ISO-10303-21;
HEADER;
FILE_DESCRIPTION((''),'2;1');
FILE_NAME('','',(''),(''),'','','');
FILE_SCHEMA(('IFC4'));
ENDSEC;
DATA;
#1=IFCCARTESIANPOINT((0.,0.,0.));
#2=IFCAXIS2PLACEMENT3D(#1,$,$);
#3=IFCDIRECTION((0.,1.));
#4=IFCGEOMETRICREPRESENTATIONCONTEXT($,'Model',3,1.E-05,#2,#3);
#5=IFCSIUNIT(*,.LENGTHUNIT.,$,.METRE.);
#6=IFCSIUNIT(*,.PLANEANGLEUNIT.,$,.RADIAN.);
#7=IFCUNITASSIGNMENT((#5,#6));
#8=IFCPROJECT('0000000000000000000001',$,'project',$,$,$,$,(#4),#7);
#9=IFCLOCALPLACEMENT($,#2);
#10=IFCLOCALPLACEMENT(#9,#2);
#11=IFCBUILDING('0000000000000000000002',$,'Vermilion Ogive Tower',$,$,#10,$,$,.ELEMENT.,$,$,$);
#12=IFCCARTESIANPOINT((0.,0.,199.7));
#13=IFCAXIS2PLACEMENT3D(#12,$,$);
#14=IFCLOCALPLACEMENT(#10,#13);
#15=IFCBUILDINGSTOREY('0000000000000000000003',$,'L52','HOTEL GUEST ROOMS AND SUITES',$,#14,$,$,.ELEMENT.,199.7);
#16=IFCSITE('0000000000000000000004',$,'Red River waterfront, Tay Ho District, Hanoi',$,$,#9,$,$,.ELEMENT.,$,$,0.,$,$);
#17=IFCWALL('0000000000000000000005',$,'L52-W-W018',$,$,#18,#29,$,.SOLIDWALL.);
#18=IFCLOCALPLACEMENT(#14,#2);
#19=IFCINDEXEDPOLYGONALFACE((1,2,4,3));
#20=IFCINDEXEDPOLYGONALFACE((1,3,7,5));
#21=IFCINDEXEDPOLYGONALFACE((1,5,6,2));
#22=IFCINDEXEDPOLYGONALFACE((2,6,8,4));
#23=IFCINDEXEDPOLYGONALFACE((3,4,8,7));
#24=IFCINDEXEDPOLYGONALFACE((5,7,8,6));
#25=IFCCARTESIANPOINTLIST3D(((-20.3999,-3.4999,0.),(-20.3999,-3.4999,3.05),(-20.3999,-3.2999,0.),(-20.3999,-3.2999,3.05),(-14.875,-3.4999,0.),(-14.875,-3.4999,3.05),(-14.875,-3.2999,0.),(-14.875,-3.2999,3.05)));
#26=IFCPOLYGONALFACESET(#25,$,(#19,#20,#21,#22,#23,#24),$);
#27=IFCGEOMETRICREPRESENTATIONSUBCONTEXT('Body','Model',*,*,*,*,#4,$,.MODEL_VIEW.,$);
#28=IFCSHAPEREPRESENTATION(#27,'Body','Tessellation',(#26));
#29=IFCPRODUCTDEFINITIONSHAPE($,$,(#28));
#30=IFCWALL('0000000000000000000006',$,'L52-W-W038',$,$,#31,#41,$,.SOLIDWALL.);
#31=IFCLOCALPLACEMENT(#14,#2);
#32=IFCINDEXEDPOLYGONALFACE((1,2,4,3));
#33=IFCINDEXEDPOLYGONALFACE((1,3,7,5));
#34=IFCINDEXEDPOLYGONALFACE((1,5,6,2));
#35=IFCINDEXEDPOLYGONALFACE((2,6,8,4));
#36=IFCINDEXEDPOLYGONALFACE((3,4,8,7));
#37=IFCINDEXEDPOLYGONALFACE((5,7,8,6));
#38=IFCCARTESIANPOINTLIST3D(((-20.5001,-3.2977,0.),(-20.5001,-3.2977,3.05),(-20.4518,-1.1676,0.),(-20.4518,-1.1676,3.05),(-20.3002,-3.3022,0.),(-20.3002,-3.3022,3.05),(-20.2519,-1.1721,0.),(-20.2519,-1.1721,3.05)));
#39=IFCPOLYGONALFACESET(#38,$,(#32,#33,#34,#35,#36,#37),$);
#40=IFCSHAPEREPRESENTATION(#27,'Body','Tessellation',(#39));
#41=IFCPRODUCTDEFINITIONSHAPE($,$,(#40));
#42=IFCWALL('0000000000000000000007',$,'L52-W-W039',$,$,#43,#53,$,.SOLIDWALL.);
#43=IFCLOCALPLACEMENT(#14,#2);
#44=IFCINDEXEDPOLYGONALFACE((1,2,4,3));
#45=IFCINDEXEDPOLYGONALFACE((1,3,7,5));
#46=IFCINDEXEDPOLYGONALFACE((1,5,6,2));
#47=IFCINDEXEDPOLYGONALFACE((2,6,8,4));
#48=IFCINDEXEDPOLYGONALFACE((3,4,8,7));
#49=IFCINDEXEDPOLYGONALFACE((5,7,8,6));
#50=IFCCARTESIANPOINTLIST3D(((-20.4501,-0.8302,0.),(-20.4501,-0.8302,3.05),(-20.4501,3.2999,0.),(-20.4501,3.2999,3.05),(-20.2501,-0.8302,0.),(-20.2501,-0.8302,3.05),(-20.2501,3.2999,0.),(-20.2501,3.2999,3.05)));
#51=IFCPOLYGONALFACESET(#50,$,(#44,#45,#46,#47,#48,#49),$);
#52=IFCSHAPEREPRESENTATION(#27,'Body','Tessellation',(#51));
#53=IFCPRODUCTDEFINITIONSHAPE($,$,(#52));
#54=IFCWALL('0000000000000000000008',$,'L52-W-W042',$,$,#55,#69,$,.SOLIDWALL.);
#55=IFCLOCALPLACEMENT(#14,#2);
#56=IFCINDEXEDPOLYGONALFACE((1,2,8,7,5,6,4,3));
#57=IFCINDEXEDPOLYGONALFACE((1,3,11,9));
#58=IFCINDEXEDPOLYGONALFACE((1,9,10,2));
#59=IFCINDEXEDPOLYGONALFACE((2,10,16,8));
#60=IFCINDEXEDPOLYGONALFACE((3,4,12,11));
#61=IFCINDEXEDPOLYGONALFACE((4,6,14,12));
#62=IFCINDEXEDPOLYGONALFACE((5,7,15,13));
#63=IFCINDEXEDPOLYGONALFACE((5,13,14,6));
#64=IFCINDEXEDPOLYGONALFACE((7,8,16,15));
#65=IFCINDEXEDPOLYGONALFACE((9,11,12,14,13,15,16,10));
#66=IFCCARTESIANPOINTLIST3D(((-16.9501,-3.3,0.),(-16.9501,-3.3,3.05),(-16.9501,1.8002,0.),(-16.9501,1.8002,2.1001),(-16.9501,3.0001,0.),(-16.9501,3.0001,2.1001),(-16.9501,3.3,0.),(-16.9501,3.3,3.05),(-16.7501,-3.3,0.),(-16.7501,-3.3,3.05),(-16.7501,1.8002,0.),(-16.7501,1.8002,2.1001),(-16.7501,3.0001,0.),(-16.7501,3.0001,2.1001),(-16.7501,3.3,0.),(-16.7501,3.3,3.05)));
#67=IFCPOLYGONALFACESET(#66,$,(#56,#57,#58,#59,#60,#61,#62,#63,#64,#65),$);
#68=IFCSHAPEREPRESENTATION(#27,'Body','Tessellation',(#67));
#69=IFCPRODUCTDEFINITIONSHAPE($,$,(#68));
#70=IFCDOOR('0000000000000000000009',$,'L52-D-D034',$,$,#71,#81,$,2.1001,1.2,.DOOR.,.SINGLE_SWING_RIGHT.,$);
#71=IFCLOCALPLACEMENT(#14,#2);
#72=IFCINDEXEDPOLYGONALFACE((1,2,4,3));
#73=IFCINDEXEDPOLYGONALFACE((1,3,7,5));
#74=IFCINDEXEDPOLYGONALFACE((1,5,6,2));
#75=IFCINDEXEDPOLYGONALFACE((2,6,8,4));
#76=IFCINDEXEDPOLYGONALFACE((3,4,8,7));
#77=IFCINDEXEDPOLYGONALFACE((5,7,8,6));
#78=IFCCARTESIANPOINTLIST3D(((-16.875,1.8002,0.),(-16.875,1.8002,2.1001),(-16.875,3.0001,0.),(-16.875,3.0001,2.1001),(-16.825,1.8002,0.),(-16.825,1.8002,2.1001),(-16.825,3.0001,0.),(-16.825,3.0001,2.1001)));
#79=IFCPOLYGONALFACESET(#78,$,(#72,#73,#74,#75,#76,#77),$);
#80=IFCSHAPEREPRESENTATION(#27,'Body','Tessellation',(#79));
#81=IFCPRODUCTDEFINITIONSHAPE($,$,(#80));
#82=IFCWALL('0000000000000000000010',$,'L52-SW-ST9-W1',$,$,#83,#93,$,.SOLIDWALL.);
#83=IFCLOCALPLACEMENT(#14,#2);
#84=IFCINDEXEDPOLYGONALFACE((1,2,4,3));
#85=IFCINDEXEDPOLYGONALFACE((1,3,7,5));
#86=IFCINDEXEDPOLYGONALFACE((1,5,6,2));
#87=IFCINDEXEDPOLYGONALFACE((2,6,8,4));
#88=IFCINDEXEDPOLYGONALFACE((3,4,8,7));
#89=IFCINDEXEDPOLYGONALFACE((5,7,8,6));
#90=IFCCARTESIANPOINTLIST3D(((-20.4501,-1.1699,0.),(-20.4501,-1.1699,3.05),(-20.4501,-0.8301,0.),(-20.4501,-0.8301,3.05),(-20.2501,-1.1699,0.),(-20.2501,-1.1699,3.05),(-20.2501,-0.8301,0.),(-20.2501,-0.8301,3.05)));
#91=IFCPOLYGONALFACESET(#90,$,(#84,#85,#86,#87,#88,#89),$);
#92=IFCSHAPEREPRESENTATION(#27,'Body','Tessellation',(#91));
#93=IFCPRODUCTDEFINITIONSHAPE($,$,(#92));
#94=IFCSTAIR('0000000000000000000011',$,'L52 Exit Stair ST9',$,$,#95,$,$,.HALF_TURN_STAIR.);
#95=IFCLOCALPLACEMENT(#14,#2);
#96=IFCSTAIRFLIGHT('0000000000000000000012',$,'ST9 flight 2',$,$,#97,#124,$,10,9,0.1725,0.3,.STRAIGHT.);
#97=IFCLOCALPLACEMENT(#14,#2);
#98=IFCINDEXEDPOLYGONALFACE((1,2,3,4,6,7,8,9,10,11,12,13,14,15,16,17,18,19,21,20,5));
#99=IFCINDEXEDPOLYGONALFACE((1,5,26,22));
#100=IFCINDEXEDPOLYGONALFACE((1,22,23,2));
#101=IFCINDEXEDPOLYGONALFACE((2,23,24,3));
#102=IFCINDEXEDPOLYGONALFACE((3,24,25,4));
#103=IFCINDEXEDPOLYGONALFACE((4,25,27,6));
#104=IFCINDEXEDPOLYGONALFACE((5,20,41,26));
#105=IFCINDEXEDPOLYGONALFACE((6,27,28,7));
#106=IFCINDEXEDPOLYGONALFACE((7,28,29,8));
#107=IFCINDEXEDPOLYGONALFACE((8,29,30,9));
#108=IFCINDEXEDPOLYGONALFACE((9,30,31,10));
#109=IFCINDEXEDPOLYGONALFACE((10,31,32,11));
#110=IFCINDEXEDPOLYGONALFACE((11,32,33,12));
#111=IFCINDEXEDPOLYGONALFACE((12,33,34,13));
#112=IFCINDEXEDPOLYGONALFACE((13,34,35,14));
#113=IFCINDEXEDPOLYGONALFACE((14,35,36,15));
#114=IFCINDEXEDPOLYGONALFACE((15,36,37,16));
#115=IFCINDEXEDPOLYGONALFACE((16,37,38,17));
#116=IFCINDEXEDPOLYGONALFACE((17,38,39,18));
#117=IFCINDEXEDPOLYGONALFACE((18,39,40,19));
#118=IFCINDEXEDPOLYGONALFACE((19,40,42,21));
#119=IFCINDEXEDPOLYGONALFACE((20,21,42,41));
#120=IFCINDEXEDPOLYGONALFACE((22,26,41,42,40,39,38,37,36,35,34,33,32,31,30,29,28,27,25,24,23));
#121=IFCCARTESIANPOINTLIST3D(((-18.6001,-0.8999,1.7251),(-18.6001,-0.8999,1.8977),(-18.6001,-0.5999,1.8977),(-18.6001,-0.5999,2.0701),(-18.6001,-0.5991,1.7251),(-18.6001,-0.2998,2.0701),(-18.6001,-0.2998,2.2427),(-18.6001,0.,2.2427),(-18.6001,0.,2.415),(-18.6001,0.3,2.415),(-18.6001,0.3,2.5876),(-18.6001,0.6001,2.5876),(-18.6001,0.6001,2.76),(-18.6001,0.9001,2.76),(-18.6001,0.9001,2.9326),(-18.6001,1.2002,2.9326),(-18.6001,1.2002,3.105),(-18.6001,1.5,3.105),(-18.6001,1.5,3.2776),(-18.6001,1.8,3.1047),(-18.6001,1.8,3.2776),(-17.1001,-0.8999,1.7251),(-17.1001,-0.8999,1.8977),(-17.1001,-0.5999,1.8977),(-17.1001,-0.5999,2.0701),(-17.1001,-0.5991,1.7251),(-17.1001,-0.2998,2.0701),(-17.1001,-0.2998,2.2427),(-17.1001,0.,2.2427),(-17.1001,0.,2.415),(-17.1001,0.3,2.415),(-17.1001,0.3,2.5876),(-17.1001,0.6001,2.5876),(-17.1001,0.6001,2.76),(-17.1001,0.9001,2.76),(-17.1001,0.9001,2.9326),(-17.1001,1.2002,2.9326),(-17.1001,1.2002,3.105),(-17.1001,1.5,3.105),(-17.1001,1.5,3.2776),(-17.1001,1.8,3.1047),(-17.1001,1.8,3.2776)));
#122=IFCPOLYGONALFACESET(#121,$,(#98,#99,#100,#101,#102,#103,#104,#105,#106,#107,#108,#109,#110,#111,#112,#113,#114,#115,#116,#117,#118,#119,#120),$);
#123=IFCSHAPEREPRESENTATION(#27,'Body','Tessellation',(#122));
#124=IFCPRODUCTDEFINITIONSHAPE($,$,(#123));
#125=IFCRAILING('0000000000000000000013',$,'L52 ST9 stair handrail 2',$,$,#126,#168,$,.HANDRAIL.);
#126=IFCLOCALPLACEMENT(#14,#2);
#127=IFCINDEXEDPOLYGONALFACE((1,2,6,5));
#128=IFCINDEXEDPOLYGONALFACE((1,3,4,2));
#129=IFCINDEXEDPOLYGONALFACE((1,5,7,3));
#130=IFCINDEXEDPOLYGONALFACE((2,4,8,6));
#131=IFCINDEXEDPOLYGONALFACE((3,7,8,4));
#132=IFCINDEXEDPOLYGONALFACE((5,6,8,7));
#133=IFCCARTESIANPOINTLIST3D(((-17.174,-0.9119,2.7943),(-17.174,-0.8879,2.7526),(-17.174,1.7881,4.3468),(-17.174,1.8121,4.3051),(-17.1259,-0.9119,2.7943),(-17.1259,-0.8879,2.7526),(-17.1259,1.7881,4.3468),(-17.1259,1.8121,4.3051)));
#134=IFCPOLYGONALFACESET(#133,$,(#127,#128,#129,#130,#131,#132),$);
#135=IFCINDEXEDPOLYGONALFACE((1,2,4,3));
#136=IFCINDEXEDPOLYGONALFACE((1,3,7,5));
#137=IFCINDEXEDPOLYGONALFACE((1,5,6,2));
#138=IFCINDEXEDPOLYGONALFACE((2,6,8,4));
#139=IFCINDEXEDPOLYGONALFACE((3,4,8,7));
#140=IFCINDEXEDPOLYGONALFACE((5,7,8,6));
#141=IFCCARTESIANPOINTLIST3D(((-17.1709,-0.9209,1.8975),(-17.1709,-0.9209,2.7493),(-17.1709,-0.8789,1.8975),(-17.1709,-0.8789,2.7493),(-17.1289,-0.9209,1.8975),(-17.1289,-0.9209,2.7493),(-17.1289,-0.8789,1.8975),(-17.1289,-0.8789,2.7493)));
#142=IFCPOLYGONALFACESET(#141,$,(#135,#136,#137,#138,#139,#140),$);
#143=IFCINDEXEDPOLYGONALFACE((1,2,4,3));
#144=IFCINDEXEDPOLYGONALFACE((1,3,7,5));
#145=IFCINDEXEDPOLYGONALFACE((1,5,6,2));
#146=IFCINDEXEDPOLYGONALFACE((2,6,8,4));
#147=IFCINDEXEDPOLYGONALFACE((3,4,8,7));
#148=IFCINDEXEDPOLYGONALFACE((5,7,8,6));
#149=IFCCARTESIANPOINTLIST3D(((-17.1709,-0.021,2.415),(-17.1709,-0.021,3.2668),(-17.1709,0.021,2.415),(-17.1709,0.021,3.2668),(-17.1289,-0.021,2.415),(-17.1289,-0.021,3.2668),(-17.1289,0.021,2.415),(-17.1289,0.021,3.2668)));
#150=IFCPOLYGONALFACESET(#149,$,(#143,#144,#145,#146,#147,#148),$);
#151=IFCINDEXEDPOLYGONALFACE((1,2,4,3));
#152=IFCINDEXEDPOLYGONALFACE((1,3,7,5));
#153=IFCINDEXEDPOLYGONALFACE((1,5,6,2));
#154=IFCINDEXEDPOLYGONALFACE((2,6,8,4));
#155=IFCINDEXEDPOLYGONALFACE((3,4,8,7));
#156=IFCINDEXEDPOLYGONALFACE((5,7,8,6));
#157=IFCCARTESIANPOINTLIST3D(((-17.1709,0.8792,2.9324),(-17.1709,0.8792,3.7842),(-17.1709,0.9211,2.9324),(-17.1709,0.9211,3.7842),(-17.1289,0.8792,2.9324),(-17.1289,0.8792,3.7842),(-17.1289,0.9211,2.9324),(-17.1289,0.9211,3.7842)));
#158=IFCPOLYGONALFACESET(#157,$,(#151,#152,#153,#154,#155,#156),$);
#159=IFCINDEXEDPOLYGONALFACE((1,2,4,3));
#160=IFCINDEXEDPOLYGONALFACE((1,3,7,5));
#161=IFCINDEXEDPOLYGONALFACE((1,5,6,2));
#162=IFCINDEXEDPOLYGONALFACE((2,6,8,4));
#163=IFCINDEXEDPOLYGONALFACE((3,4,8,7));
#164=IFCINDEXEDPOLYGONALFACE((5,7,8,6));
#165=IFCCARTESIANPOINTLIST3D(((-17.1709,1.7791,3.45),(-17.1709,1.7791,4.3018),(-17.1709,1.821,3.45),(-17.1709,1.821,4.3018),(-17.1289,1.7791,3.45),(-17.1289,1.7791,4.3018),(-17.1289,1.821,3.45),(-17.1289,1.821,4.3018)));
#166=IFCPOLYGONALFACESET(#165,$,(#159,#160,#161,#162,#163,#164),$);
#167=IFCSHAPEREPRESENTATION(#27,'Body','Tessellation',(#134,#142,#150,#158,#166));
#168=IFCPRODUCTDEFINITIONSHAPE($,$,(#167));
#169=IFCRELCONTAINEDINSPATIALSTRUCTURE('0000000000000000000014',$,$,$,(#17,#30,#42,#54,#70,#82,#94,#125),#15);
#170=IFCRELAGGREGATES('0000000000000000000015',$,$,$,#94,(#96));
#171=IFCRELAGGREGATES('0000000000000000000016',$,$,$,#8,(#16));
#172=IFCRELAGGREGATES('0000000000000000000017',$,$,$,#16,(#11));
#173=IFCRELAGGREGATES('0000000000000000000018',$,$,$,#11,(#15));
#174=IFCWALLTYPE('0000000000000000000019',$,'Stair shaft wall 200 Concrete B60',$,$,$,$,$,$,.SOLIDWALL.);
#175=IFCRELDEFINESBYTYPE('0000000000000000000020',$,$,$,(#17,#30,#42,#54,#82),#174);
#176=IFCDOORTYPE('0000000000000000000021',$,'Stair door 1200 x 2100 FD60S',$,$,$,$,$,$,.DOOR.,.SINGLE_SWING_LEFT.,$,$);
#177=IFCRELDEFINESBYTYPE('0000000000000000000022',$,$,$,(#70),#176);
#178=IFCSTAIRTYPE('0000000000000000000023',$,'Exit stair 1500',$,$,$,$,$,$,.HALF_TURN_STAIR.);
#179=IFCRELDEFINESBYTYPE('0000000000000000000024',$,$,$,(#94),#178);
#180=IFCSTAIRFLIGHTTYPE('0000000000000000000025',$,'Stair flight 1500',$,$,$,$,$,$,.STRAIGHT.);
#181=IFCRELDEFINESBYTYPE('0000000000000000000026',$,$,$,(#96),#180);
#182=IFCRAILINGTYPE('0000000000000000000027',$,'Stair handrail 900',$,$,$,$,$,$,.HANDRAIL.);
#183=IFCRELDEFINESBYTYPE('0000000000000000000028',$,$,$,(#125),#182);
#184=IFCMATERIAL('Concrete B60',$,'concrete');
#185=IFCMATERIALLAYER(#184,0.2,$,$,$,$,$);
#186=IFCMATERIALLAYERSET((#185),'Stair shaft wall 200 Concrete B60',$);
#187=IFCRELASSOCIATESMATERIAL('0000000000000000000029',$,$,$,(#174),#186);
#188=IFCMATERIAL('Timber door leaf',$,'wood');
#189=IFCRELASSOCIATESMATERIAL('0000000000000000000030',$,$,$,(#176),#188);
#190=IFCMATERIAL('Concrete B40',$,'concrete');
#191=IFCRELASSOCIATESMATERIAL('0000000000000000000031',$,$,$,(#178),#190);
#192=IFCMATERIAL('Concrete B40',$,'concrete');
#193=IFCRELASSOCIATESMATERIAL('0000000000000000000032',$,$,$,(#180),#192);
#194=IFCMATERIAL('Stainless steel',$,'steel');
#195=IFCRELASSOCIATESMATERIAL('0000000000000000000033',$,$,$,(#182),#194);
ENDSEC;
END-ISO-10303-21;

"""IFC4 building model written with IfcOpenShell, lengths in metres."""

from ifc_helpers import new_model, si_unit, direction, frame, frame_2d, origin, origin_2d, place, context, subcontext, project, spatial, polyline, rectangle, outline, extrude, material, layer, layer_set, type_object, element, fill, aggregate, save


model = new_model("IFC4")

# Units and contexts
model_context = context("Model", 3, precision=1e-05, world=origin(), true_north=direction((0.0, 1.0)))
body_context = subcontext(model_context, "Body", "Model", "MODEL_VIEW")
ifc_project = project(units=[si_unit("LENGTHUNIT", "METRE"), si_unit("PLANEANGLEUNIT", "RADIAN")], contexts=[model_context])

# Site, building, storey
site_placement = place(None, origin())
site = spatial("IfcSite", under=ifc_project, at=site_placement, Name="Red River waterfront, Tay Ho District, Hanoi", CompositionType="ELEMENT", RefElevation=0.0)
building_placement = place(site_placement, origin())
building = spatial("IfcBuilding", under=site, at=building_placement, Name="Vermilion Ogive Tower", CompositionType="ELEMENT")
storey_placement = place(building_placement, frame((0.0, 0.0, 199.7)))
storey = spatial("IfcBuildingStorey", under=building, at=storey_placement, Name="L52", Description="HOTEL GUEST ROOMS AND SUITES", CompositionType="ELEMENT", Elevation=199.7)

# Walls
ifc_material_1 = material(Name="Concrete B60", Category="concrete")
ifc_layer_1 = layer(ifc_material_1, 0.2)
ifc_layer_set_1 = layer_set([ifc_layer_1], Name="Stair shaft wall 200 Concrete B60")
wall_type_1 = type_object("IfcWallType", Name="Stair shaft wall 200 Concrete B60", PredefinedType="SOLIDWALL", material=ifc_layer_set_1)
wall_1_placement = place(storey_placement, frame((-20.3999, -3.3999, 0.0), z_axis=(0.0, 0.0, 1.0), x_axis=(1.0, 0.0, 0.0)))
element("IfcWall", 1, at=wall_1_placement, inside=storey, type_object=wall_type_1, Name="L52-W-W018", PredefinedType="SOLIDWALL", context=body_context, shape_type="SweptSolid", body=[
    extrude(rectangle(XDim=5.5249, YDim=0.2, at=frame_2d((2.7625, 0.0))), origin(), (0.0, 0.0, 1.0), 3.05),
])
wall_2_placement = place(storey_placement, frame((-20.4001, -3.3, 0.0), z_axis=(0.0, 0.0, 1.0), x_axis=(0.022688, 0.999743, 0.0)))
element("IfcWall", 2, at=wall_2_placement, inside=storey, type_object=wall_type_1, Name="L52-W-W038", PredefinedType="SOLIDWALL", context=body_context, shape_type="SweptSolid", body=[
    extrude(rectangle(XDim=2.1306, YDim=0.2, at=frame_2d((1.0654, 0.0))), origin(), (0.0, 0.0, 1.0), 3.05),
])
wall_3_placement = place(storey_placement, frame((-20.3501, -0.8301, 0.0), z_axis=(0.0, 0.0, 1.0), x_axis=(0.0, 1.0, 0.0)))
element("IfcWall", 3, at=wall_3_placement, inside=storey, type_object=wall_type_1, Name="L52-W-W039", PredefinedType="SOLIDWALL", context=body_context, shape_type="SweptSolid", body=[
    extrude(rectangle(XDim=4.1301, YDim=0.2, at=frame_2d((2.0649, 0.0))), origin(), (0.0, 0.0, 1.0), 3.05),
])

# Wall, opening, door
wall_4_placement = place(storey_placement, frame((-16.8501, -3.3, 0.0), z_axis=(0.0, 0.0, 1.0), x_axis=(0.0, 1.0, 0.0)))
wall_4 = element("IfcWall", 4, at=wall_4_placement, inside=storey, type_object=wall_type_1, Name="L52-W-W042", PredefinedType="SOLIDWALL", context=body_context, shape_type="SweptSolid", body=[
    extrude(rectangle(XDim=6.6001, YDim=0.2, at=frame_2d((3.3, 0.0))), origin(), (0.0, 0.0, 1.0), 3.05),
])
opening_1_placement = place(wall_4_placement, frame((5.1001, 0.0, 0.0)))
opening_1 = element("IfcOpeningElement", 5, at=opening_1_placement, cuts=wall_4, PredefinedType="OPENING", context=body_context, shape_type="SweptSolid", body=[
    extrude(rectangle(XDim=1.2, YDim=2.1001, at=frame_2d((0.6001, 1.05))), frame((0.0, 0.1099, 0.0), z_axis=(0.0, -1.0, 0.0), x_axis=(1.0, 0.0, 0.0)), (0.0, 0.0, 1.0), 0.22),
])
ifc_material_2 = material(Name="Timber door leaf", Category="wood")
door_type_1 = type_object("IfcDoorType", Name="Stair door 1200 x 2100 FD60S", OperationType="SINGLE_SWING_LEFT", PredefinedType="DOOR", material=ifc_material_2)
door_1_placement = place(opening_1_placement, origin())
door_1 = element("IfcDoor", 6, at=door_1_placement, inside=storey, type_object=door_type_1, Name="L52-D-D034", OperationType="SINGLE_SWING_RIGHT", OverallHeight=2.1001, OverallWidth=1.2, PredefinedType="DOOR", context=body_context, shape_type="SweptSolid", body=[
    extrude(rectangle(XDim=1.2, YDim=2.1001, at=frame_2d((0.6001, 1.05))), frame((0.0, 0.0249, 0.0), z_axis=(0.0, -1.0, 0.0), x_axis=(1.0, 0.0, 0.0)), (0.0, 0.0, 1.0), 0.05),
])
fill(opening_1, door_1)

# Wall
wall_5_placement = place(storey_placement, frame((-20.3501, -1.1699, 0.0), z_axis=(0.0, 0.0, 1.0), x_axis=(0.0, 1.0, 0.0)))
element("IfcWall", 7, at=wall_5_placement, inside=storey, type_object=wall_type_1, Name="L52-SW-ST9-W1", PredefinedType="SOLIDWALL", context=body_context, shape_type="SweptSolid", body=[
    extrude(rectangle(XDim=0.3398, YDim=0.2, at=frame_2d((0.1699, 0.0))), origin(), (0.0, 0.0, 1.0), 3.05),
])

# Stair, stair flight
ifc_material_3 = material(Name="Concrete B40", Category="concrete")
stair_type = type_object("IfcStairType", Name="Exit stair 1500", PredefinedType="HALF_TURN_STAIR", material=ifc_material_3)
stair_placement = place(storey_placement, origin())
stair = element("IfcStair", 8, at=stair_placement, inside=storey, type_object=stair_type, Name="L52 Exit Stair ST9", PredefinedType="HALF_TURN_STAIR")
ifc_material_4 = material(Name="Concrete B40", Category="concrete")
stair_flight_type = type_object("IfcStairFlightType", Name="Stair flight 1500", PredefinedType="STRAIGHT", material=ifc_material_4)
stair_flight_placement = place(storey_placement, frame((-17.8501, -0.8999, 1.7251), z_axis=(0.0, 0.0, 1.0), x_axis=(0.0, 1.0, 0.0)))
stair_flight = element("IfcStairFlight", 9, at=stair_flight_placement, type_object=stair_flight_type, Name="ST9 flight 2", NumberOfRisers=10, NumberOfTreads=9, PredefinedType="STRAIGHT", RiserHeight=0.1725, TreadLength=0.3, context=body_context, shape_type="SweptSolid", body=[
    extrude(outline(polyline([(0.0, 0.0), (0.0, 0.1726), (0.3, 0.1726), (0.3, 0.345), (0.6001, 0.345), (0.6001, 0.5176), (0.8999, 0.5176), (0.8999, 0.6899), (1.2, 0.6899), (1.2, 0.8625), (1.5, 0.8625), (1.5, 1.0349), (1.8, 1.0349), (1.8, 1.2075), (2.1001, 1.2075), (2.1001, 1.3799), (2.3999, 1.3799), (2.3999, 1.5525), (2.7, 1.5525), (2.7, 1.7251), (2.7, 1.3796), (0.3008, 0.0), (0.0, 0.0)])), frame((0.0, 0.75, 0.0), z_axis=(0.0, -1.0, 0.0), x_axis=(1.0, 0.0, 0.0)), (0.0, 0.0, 1.0), 1.5),
])
aggregate(stair, [stair_flight])

# Railing
ifc_material_5 = material(Name="Stainless steel", Category="steel")
railing_type = type_object("IfcRailingType", Name="Stair handrail 900", PredefinedType="HANDRAIL", material=ifc_material_5)
railing_placement = place(storey_placement, frame((-17.1499, -0.8999, 1.8975)))
element("IfcRailing", 10, at=railing_placement, inside=storey, type_object=railing_type, Name="L52 ST9 stair handrail 2", PredefinedType="HANDRAIL", context=body_context, shape_type="SweptSolid", body=[
    extrude(rectangle(XDim=0.0481, YDim=0.0481, at=origin_2d()), frame((0.0, 0.0, 0.876), z_axis=(0.0, 0.866904, 0.498476), x_axis=(-1.0, 0.0, 0.0)), (0.0, 0.0, 1.0), 3.1145),
    extrude(rectangle(XDim=0.042, YDim=0.042, at=origin_2d()), origin(), (0.0, 0.0, 1.0), 0.8518),
    extrude(rectangle(XDim=0.042, YDim=0.042, at=origin_2d()), frame((0.0, 0.8999, 0.5176)), (0.0, 0.0, 1.0), 0.8518),
    extrude(rectangle(XDim=0.042, YDim=0.042, at=origin_2d()), frame((0.0, 1.8, 1.0349)), (0.0, 0.0, 1.0), 0.8518),
    extrude(rectangle(XDim=0.042, YDim=0.042, at=origin_2d()), frame((0.0, 2.7, 1.5525)), (0.0, 0.0, 1.0), 0.8518),
])

save(model, "model.ifc")
